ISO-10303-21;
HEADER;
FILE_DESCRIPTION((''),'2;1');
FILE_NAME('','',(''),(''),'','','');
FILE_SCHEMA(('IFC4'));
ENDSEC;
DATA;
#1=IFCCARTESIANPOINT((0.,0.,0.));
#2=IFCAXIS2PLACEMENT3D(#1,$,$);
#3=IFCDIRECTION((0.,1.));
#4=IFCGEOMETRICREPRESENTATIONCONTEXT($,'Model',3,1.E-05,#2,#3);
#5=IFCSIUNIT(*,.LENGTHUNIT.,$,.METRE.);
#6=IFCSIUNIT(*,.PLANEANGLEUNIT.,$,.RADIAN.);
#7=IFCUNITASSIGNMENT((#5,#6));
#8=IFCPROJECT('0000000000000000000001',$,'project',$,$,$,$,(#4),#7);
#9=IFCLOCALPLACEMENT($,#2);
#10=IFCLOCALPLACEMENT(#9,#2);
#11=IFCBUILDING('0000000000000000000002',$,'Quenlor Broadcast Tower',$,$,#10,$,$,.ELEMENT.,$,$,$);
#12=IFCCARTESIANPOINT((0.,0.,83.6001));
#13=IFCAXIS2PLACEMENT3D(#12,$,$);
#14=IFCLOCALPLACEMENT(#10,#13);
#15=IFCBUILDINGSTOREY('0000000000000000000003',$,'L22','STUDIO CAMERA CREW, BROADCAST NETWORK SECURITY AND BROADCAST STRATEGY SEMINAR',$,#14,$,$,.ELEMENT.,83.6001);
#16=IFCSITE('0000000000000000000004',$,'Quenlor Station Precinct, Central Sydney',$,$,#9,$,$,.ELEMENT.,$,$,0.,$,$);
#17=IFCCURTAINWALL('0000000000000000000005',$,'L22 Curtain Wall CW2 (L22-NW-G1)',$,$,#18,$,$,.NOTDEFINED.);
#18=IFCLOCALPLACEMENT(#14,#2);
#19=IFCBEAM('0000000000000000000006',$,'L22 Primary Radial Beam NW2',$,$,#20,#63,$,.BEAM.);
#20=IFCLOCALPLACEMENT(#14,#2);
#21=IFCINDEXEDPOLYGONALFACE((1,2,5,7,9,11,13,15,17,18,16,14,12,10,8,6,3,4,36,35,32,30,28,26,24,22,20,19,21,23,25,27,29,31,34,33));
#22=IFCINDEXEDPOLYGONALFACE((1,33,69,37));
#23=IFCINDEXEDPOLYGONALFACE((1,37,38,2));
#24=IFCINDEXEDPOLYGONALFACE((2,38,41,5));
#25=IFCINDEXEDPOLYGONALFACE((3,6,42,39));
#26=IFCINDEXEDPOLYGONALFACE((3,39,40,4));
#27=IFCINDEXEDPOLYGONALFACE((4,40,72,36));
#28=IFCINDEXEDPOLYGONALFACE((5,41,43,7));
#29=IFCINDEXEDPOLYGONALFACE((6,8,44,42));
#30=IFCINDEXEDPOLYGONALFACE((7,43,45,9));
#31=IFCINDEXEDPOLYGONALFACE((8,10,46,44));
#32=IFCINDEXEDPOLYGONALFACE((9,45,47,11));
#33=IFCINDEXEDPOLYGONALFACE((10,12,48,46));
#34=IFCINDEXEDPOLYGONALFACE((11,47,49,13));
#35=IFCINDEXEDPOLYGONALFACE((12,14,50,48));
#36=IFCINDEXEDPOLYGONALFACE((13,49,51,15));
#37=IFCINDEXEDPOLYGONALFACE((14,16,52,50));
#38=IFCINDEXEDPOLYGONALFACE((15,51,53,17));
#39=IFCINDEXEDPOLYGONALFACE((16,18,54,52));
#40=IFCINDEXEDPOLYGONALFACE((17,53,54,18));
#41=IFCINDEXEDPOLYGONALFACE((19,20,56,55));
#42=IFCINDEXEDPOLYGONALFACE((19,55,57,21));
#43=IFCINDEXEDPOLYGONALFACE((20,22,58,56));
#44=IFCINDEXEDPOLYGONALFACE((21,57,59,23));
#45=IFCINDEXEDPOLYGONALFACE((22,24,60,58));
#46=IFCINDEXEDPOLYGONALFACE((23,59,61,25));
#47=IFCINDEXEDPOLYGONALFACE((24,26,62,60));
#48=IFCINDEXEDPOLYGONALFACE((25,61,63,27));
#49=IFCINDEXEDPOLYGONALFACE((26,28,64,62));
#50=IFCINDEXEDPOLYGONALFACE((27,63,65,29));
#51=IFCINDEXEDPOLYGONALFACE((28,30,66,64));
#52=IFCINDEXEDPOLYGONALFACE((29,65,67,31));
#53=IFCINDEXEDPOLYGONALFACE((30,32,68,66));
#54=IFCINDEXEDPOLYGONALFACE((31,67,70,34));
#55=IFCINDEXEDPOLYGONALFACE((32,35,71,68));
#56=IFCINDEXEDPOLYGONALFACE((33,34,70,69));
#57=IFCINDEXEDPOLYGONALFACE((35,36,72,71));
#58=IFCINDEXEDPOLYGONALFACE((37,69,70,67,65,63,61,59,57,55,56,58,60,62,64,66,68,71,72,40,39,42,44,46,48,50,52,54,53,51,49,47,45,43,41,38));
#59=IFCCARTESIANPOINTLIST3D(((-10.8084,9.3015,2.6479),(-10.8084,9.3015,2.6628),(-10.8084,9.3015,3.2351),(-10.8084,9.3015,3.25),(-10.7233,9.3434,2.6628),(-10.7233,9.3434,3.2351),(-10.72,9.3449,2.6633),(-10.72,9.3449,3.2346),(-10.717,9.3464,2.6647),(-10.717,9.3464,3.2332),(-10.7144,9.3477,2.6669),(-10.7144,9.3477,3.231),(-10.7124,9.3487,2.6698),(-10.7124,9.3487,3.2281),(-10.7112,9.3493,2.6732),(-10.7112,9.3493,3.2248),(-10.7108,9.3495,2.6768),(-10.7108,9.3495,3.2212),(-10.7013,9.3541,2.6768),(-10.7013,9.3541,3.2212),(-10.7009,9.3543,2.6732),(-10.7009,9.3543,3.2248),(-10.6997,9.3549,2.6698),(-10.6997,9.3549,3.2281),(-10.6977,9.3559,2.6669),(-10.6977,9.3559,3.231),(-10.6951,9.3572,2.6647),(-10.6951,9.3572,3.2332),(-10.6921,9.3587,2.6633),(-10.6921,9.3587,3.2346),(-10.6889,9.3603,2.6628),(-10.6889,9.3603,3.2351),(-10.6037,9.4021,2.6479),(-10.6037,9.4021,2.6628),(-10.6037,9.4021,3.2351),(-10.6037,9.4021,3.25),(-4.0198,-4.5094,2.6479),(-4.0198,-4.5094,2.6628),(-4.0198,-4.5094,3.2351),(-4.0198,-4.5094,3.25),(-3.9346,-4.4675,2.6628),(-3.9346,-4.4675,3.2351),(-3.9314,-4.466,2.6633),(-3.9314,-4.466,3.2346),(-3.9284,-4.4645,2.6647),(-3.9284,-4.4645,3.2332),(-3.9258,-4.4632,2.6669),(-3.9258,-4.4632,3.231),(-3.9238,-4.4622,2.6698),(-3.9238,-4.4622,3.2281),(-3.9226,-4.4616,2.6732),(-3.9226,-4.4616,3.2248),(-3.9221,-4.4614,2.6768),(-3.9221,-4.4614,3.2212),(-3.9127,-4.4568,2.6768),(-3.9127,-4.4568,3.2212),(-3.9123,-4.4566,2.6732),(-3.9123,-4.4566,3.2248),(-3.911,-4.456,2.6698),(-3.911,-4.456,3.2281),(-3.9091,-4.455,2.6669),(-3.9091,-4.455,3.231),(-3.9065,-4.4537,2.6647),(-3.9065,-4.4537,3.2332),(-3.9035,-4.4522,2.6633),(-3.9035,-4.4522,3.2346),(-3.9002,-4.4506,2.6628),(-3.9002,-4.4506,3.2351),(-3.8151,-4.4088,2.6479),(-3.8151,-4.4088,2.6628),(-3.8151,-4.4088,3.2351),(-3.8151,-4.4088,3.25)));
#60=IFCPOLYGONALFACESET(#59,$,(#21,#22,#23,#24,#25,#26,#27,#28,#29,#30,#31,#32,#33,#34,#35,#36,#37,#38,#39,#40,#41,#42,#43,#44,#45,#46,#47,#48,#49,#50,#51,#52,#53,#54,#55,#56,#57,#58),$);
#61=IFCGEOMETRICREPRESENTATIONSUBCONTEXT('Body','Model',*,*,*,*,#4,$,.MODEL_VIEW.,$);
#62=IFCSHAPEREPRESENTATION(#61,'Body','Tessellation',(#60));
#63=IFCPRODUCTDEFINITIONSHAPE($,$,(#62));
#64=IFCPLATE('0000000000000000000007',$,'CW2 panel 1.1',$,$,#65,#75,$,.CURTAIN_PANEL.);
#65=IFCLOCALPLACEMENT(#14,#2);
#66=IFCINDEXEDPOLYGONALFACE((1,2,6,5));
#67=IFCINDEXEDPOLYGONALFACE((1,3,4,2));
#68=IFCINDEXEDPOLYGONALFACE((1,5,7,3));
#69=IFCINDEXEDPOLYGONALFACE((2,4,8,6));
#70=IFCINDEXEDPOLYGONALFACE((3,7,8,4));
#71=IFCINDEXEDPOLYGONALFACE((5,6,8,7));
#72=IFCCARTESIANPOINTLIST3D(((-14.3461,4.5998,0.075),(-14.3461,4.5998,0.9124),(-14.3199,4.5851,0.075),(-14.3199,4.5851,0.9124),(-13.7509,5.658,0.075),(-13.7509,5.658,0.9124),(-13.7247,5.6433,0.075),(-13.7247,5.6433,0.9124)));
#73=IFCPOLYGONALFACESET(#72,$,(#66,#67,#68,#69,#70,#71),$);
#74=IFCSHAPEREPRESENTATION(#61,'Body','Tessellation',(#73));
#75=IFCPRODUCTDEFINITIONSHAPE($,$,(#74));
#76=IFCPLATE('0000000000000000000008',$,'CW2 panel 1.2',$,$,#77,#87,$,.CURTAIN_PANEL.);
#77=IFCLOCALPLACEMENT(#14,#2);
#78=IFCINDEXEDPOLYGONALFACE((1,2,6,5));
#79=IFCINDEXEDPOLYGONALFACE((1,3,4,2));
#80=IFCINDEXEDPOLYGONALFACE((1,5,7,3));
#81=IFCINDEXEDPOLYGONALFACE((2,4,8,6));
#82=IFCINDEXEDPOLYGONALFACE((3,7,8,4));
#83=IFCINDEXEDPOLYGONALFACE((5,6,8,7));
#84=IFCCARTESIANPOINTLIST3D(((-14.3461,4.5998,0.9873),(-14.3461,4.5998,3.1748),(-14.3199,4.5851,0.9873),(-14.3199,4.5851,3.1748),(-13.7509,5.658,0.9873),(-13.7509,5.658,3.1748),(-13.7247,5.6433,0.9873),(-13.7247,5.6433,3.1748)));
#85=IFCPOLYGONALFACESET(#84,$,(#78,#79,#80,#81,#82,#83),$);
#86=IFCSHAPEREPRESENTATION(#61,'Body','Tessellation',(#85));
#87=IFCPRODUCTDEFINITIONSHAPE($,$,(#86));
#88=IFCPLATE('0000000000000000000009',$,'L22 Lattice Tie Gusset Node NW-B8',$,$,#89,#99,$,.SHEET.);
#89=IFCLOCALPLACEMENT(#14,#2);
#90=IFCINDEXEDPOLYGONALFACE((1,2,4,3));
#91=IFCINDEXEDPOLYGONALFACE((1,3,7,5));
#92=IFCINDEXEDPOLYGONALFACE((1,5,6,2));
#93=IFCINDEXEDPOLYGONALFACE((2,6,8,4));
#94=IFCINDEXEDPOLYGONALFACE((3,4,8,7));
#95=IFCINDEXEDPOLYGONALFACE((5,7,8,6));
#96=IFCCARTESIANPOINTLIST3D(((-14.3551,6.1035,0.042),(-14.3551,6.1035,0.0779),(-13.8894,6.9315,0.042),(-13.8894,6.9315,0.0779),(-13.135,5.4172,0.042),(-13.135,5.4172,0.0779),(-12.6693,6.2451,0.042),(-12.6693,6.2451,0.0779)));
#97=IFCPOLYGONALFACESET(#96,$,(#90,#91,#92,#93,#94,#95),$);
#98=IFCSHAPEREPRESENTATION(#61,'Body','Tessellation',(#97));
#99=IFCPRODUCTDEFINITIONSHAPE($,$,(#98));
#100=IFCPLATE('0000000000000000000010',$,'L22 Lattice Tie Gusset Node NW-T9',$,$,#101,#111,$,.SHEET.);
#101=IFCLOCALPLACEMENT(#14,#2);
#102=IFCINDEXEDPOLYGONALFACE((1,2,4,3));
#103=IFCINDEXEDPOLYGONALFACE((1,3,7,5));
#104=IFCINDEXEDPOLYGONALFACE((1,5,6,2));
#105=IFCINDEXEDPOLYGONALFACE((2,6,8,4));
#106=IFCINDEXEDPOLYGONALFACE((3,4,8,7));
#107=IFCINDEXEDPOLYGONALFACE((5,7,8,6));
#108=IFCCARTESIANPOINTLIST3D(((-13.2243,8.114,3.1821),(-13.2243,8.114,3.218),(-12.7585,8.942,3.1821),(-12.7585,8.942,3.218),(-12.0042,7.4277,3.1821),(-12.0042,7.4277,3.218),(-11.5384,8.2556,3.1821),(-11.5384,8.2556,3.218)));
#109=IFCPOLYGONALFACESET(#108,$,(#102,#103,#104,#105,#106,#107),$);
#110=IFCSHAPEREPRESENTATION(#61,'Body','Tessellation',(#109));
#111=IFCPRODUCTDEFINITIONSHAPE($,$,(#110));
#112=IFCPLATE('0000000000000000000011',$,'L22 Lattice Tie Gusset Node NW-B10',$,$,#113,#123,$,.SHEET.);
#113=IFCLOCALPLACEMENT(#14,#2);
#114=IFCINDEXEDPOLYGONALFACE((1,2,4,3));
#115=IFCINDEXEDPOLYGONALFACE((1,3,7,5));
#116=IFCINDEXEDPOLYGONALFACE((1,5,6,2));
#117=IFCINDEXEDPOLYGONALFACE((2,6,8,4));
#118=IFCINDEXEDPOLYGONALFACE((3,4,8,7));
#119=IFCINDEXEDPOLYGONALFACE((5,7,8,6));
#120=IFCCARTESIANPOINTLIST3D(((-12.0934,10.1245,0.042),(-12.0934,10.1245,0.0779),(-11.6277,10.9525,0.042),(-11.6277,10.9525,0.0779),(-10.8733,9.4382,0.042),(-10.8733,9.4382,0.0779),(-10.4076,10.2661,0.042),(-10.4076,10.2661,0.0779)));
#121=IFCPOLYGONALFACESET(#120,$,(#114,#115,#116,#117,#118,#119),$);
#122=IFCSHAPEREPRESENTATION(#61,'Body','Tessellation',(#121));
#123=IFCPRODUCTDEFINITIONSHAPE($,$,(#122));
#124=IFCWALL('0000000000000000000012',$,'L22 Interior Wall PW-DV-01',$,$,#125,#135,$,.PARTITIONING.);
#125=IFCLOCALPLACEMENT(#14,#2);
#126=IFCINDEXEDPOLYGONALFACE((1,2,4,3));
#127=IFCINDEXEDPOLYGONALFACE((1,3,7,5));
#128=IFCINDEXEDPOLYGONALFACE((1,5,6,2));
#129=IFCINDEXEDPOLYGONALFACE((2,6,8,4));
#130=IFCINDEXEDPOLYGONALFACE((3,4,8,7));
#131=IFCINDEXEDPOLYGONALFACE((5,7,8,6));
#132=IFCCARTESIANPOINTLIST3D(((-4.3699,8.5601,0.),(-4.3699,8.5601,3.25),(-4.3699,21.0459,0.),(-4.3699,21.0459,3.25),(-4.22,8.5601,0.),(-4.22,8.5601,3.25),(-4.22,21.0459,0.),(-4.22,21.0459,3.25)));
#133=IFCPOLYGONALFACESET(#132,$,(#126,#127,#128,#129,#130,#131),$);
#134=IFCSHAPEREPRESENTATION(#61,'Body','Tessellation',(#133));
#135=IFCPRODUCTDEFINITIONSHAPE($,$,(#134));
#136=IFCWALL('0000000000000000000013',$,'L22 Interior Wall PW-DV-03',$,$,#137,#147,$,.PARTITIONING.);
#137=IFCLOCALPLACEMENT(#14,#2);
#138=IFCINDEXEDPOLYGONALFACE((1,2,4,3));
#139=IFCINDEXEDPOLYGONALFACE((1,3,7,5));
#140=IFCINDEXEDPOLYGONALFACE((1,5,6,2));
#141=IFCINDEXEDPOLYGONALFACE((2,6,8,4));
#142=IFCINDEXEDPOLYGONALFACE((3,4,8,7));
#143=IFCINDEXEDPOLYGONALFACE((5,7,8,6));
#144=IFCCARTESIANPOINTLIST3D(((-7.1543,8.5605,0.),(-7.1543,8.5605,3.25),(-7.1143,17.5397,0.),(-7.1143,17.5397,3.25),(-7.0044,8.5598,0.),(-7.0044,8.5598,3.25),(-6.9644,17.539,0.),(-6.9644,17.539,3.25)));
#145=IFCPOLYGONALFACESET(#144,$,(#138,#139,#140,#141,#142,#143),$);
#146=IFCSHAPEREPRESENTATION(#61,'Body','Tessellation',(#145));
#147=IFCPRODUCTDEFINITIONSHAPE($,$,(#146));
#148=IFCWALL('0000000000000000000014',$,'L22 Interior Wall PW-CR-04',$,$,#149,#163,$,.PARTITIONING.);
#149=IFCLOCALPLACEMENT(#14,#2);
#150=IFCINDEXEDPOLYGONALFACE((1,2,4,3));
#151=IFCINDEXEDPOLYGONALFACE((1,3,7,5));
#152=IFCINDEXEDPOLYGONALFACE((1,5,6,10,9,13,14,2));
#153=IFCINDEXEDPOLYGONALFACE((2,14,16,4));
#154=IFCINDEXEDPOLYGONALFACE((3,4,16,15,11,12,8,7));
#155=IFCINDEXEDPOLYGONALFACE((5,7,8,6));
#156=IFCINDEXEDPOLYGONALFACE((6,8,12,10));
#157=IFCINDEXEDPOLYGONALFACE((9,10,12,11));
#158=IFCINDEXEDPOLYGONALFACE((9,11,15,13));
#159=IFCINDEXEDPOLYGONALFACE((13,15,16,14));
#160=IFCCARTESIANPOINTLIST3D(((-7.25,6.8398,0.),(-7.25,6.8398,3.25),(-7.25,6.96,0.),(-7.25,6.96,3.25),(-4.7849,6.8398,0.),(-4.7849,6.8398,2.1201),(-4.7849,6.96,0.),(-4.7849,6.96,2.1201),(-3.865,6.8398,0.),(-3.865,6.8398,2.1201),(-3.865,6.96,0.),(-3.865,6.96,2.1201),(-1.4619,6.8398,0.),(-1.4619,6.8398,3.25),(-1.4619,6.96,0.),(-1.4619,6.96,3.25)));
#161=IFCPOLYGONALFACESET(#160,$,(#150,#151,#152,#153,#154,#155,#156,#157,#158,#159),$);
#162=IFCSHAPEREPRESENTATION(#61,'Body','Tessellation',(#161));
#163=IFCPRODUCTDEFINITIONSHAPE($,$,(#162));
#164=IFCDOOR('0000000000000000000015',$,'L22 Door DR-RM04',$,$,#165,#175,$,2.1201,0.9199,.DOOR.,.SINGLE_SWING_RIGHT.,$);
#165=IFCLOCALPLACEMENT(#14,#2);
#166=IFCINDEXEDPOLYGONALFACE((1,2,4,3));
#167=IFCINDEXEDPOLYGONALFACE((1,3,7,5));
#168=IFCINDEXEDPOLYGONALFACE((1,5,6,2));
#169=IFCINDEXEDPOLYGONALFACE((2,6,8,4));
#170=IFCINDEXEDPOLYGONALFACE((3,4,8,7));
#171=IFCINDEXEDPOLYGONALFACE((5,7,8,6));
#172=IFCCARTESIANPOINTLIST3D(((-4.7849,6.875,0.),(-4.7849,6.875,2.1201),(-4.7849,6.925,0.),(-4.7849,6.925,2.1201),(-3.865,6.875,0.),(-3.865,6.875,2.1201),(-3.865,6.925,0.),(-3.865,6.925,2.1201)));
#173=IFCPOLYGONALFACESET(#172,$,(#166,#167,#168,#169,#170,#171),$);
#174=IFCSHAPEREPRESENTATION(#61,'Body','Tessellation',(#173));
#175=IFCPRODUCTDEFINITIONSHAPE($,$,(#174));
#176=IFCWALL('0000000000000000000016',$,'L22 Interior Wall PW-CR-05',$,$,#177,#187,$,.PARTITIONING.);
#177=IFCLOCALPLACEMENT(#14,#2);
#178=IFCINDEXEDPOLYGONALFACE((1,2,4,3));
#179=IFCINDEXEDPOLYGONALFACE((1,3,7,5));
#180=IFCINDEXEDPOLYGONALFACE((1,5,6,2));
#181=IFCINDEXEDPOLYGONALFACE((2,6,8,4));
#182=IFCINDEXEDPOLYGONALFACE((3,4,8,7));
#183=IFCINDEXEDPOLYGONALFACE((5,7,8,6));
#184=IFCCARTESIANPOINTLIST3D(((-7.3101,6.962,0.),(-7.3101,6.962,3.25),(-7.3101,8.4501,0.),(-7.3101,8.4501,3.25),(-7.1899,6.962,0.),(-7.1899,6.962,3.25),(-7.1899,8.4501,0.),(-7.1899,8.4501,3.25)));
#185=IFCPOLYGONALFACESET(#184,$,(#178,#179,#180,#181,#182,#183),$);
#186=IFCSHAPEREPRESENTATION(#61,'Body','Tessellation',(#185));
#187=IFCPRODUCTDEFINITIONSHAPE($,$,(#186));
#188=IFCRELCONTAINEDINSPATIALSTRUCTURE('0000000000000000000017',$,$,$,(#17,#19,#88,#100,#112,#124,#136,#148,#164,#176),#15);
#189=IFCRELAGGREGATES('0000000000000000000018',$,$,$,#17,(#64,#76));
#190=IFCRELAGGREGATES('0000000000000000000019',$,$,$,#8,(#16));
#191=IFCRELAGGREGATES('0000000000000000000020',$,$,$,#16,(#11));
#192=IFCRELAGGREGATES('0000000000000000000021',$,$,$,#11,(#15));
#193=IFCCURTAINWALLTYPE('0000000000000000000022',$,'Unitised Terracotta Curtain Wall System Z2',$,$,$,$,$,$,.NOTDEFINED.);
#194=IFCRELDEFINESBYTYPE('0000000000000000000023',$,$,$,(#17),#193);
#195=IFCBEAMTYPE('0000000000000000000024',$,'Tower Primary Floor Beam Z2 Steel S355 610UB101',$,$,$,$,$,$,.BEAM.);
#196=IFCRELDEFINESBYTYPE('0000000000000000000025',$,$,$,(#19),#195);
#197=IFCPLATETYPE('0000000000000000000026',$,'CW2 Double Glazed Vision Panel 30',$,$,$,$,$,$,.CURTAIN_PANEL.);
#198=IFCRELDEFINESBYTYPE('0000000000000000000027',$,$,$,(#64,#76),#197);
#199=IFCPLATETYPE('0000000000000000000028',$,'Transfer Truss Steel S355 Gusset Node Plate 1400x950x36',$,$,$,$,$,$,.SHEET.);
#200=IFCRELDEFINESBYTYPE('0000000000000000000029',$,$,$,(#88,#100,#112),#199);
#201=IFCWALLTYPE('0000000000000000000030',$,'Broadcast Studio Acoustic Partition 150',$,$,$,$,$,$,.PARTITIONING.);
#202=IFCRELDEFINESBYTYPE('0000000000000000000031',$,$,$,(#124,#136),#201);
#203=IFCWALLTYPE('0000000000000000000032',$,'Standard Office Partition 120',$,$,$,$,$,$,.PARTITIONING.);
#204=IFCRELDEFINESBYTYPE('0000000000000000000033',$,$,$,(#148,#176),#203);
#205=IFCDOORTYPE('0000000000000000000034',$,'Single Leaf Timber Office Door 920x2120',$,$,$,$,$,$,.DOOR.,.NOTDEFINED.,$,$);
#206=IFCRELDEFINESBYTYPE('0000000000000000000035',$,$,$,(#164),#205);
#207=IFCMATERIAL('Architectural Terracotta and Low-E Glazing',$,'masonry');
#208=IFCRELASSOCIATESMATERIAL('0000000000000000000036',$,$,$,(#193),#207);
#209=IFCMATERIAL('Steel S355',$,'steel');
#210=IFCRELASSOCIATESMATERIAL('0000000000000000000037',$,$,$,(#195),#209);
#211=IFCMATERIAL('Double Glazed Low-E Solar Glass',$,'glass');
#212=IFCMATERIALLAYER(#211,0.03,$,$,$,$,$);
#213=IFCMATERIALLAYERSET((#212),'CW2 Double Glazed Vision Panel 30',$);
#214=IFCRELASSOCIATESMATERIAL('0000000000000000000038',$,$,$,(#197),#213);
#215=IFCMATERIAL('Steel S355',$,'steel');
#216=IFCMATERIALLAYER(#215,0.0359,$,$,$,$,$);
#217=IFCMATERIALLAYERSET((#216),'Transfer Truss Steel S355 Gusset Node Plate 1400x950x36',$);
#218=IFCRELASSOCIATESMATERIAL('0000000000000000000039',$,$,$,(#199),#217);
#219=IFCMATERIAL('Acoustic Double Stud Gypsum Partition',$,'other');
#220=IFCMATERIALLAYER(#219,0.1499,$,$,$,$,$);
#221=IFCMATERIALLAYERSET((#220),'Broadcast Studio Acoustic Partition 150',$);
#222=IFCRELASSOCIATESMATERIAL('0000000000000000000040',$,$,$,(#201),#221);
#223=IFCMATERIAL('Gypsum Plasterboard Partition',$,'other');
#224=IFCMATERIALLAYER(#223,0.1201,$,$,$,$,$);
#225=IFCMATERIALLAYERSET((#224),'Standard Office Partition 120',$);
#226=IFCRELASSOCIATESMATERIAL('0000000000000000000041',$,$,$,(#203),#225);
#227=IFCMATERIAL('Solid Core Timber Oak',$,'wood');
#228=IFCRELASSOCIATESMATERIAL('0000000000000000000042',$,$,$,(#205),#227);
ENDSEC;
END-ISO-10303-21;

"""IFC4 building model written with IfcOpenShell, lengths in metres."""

from ifc_helpers import new_model, si_unit, direction, frame, frame_2d, origin, origin_2d, place, context, subcontext, project, spatial, rectangle, i_section, extrude, material, layer, layer_set, material_profile, profile_set, type_object, element, fill, aggregate, save


model = new_model("IFC4")

# Units and contexts
model_context = context("Model", 3, precision=1e-05, world=origin(), true_north=direction((0.0, 1.0)))
body_context = subcontext(model_context, "Body", "Model", "MODEL_VIEW")
ifc_project = project(units=[si_unit("LENGTHUNIT", "METRE"), si_unit("PLANEANGLEUNIT", "RADIAN")], contexts=[model_context])

# Site, building, storey
site_placement = place(None, origin())
site = spatial("IfcSite", under=ifc_project, at=site_placement, Name="Quenlor Station Precinct, Central Sydney", CompositionType="ELEMENT", RefElevation=0.0)
building_placement = place(site_placement, origin())
building = spatial("IfcBuilding", under=site, at=building_placement, Name="Quenlor Broadcast Tower", CompositionType="ELEMENT")
storey_placement = place(building_placement, frame((0.0, 0.0, 83.6001)))
storey = spatial("IfcBuildingStorey", under=building, at=storey_placement, Name="L22", Description="STUDIO CAMERA CREW, BROADCAST NETWORK SECURITY AND BROADCAST STRATEGY SEMINAR", CompositionType="ELEMENT", Elevation=83.6001)

# Curtain wall
ifc_material_1 = material(Name="Architectural Terracotta and Low-E Glazing", Category="masonry")
curtain_wall_type = type_object("IfcCurtainWallType", Name="Unitised Terracotta Curtain Wall System Z2", PredefinedType="NOTDEFINED", material=ifc_material_1)
curtain_wall_1_placement = place(storey_placement, origin())
curtain_wall_1 = element("IfcCurtainWall", 1, at=curtain_wall_1_placement, inside=storey, type_object=curtain_wall_type, Name="L22 Curtain Wall CW2 (L22-NW-G1)", PredefinedType="NOTDEFINED")

# Beam
ifc_material_2 = material(Name="Steel S355", Category="steel")
ifc_material_profile_1 = material_profile(ifc_material_2, i_section(OverallWidth=0.228, OverallDepth=0.6021, WebThickness=0.0105, FlangeThickness=0.0149, FilletRadius=0.0139, at=origin_2d()))
ifc_profile_set_1 = profile_set([ifc_material_profile_1], Name="Steel S355 610UB101")
beam_type_1 = type_object("IfcBeamType", Name="Tower Primary Floor Beam Z2 Steel S355 610UB101", PredefinedType="BEAM", material=ifc_profile_set_1)
beam_1_placement = place(storey_placement, frame((-10.7061, 9.3518, 2.949), z_axis=(0.44113, -0.897443, 0.0), x_axis=(0.897443, 0.44113, 0.0)))
element("IfcBeam", 2, at=beam_1_placement, inside=storey, type_object=beam_type_1, Name="L22 Primary Radial Beam NW2", PredefinedType="BEAM", context=body_context, shape_type="SweptSolid", body=[
    extrude(i_section(OverallWidth=0.228, OverallDepth=0.6021, WebThickness=0.0105, FlangeThickness=0.0149, FilletRadius=0.0139, at=origin_2d()), origin(), (0.0, 0.0, 1.0), 15.3892),
])

# Plates
ifc_material_3 = material(Name="Double Glazed Low-E Solar Glass", Category="glass")
ifc_layer_1 = layer(ifc_material_3, 0.03)
ifc_layer_set_1 = layer_set([ifc_layer_1], Name="CW2 Double Glazed Vision Panel 30")
plate_type_1 = type_object("IfcPlateType", Name="CW2 Double Glazed Vision Panel 30", PredefinedType="CURTAIN_PANEL", material=ifc_layer_set_1)
plate_1_placement = place(storey_placement, frame((-14.0354, 5.1216, 0.075), z_axis=(0.0, 0.0, 1.0), x_axis=(0.490254, 0.871579, 0.0)))
plate_1 = element("IfcPlate", 3, at=plate_1_placement, type_object=plate_type_1, Name="CW2 panel 1.1", PredefinedType="CURTAIN_PANEL", context=body_context, shape_type="SweptSolid", body=[
    extrude(rectangle(XDim=1.2141, YDim=0.03, at=origin_2d()), origin(), (0.0, 0.0, 1.0), 0.8374),
])
plate_2_placement = place(storey_placement, frame((-14.0354, 5.1216, 0.9873), z_axis=(0.0, 0.0, 1.0), x_axis=(0.490254, 0.871579, 0.0)))
plate_2 = element("IfcPlate", 4, at=plate_2_placement, type_object=plate_type_1, Name="CW2 panel 1.2", PredefinedType="CURTAIN_PANEL", context=body_context, shape_type="SweptSolid", body=[
    extrude(rectangle(XDim=1.2141, YDim=0.03, at=origin_2d()), origin(), (0.0, 0.0, 1.0), 2.1875),
])
aggregate(curtain_wall_1, [plate_1, plate_2])

# Plates
ifc_material_4 = material(Name="Steel S355", Category="steel")
ifc_layer_2 = layer(ifc_material_4, 0.0359)
ifc_layer_set_2 = layer_set([ifc_layer_2], Name="Transfer Truss Steel S355 Gusset Node Plate 1400x950x36")
plate_type_2 = type_object("IfcPlateType", Name="Transfer Truss Steel S355 Gusset Node Plate 1400x950x36", PredefinedType="SHEET", material=ifc_layer_set_2)
for number, where, z_axis, x_axis, name in (
    (5, (-13.5122, 6.1743, 0.042), (0.0, 0.0, 1.0), (-0.871556, 0.490295, 0.0), "L22 Lattice Tie Gusset Node NW-B8"),
    (6, (-12.3813, 8.1848, 3.1821), (0.0, 0.0, 1.0), (-0.871556, 0.490295, 0.0), "L22 Lattice Tie Gusset Node NW-T9"),
    (7, (-11.2505, 10.1953, 0.042), (0.0, 0.0, 1.0), (-0.871556, 0.490295, 0.0), "L22 Lattice Tie Gusset Node NW-B10"),
):
    element("IfcPlate", number, at=place(storey_placement, frame(where, z_axis=z_axis, x_axis=x_axis)), inside=storey, type_object=plate_type_2, Name=name, PredefinedType="SHEET", context=body_context, shape_type="SweptSolid", body=[
        extrude(rectangle(XDim=1.3999, YDim=0.95, at=origin_2d()), origin(), (0.0, 0.0, 1.0), 0.0359),
    ])

# Walls
ifc_material_5 = material(Name="Acoustic Double Stud Gypsum Partition", Category="other")
ifc_layer_3 = layer(ifc_material_5, 0.1499)
ifc_layer_set_3 = layer_set([ifc_layer_3], Name="Broadcast Studio Acoustic Partition 150")
wall_type_1 = type_object("IfcWallType", Name="Broadcast Studio Acoustic Partition 150", PredefinedType="PARTITIONING", material=ifc_layer_set_3)
wall_1_placement = place(storey_placement, frame((-4.2949, 8.5601, 0.0), z_axis=(0.0, 0.0, 1.0), x_axis=(0.0, 1.0, 0.0)))
element("IfcWall", 8, at=wall_1_placement, inside=storey, type_object=wall_type_1, Name="L22 Interior Wall PW-DV-01", PredefinedType="PARTITIONING", context=body_context, shape_type="SweptSolid", body=[
    extrude(rectangle(XDim=12.4858, YDim=0.1499, at=frame_2d((6.2429, 0.0))), origin(), (0.0, 0.0, 1.0), 3.25),
])
wall_2_placement = place(storey_placement, frame((-7.0793, 8.5601, 0.0), z_axis=(0.0, 0.0, 1.0), x_axis=(0.004459, 0.99999, 0.0)))
element("IfcWall", 9, at=wall_2_placement, inside=storey, type_object=wall_type_1, Name="L22 Interior Wall PW-DV-03", PredefinedType="PARTITIONING", context=body_context, shape_type="SweptSolid", body=[
    extrude(rectangle(XDim=8.9792, YDim=0.1499, at=frame_2d((4.4897, 0.0))), origin(), (0.0, 0.0, 1.0), 3.25),
])

# Wall, opening, door
ifc_material_6 = material(Name="Gypsum Plasterboard Partition", Category="other")
ifc_layer_4 = layer(ifc_material_6, 0.1201)
ifc_layer_set_4 = layer_set([ifc_layer_4], Name="Standard Office Partition 120")
wall_type_2 = type_object("IfcWallType", Name="Standard Office Partition 120", PredefinedType="PARTITIONING", material=ifc_layer_set_4)
wall_3_placement = place(storey_placement, frame((-1.4619, 6.8999, 0.0), z_axis=(0.0, 0.0, 1.0), x_axis=(-1.0, 0.0, 0.0)))
wall_3 = element("IfcWall", 10, at=wall_3_placement, inside=storey, type_object=wall_type_2, Name="L22 Interior Wall PW-CR-04", PredefinedType="PARTITIONING", context=body_context, shape_type="SweptSolid", body=[
    extrude(rectangle(XDim=5.7881, YDim=0.1201, at=frame_2d((2.894, 0.0))), origin(), (0.0, 0.0, 1.0), 3.25),
])
opening_1_placement = place(wall_3_placement, frame((2.4031, 0.0, 0.0)))
opening_1 = element("IfcOpeningElement", 11, at=opening_1_placement, cuts=wall_3, PredefinedType="OPENING", context=body_context, shape_type="SweptSolid", body=[
    extrude(rectangle(XDim=0.9199, YDim=2.1201, at=frame_2d((0.46, 1.0601))), frame((0.0, 0.0701, 0.0), z_axis=(0.0, -1.0, 0.0), x_axis=(1.0, 0.0, 0.0)), (0.0, 0.0, 1.0), 0.1401),
])
ifc_material_7 = material(Name="Solid Core Timber Oak", Category="wood")
door_type = type_object("IfcDoorType", Name="Single Leaf Timber Office Door 920x2120", OperationType="NOTDEFINED", PredefinedType="DOOR", material=ifc_material_7)
door_1_placement = place(opening_1_placement, origin())
door_1 = element("IfcDoor", 12, at=door_1_placement, inside=storey, type_object=door_type, Name="L22 Door DR-RM04", OperationType="SINGLE_SWING_RIGHT", OverallHeight=2.1201, OverallWidth=0.9199, PredefinedType="DOOR", context=body_context, shape_type="SweptSolid", body=[
    extrude(rectangle(XDim=0.9199, YDim=2.1201, at=frame_2d((0.46, 1.0601))), frame((0.0, 0.0249, 0.0), z_axis=(0.0, -1.0, 0.0), x_axis=(1.0, 0.0, 0.0)), (0.0, 0.0, 1.0), 0.05),
])
fill(opening_1, door_1)

# Wall
wall_4_placement = place(storey_placement, frame((-7.25, 6.9619, 0.0), z_axis=(0.0, 0.0, 1.0), x_axis=(0.0, 1.0, 0.0)))
element("IfcWall", 13, at=wall_4_placement, inside=storey, type_object=wall_type_2, Name="L22 Interior Wall PW-CR-05", PredefinedType="PARTITIONING", context=body_context, shape_type="SweptSolid", body=[
    extrude(rectangle(XDim=1.488, YDim=0.1201, at=frame_2d((0.7441, 0.0))), origin(), (0.0, 0.0, 1.0), 3.25),
])

save(model, "model.ifc")
